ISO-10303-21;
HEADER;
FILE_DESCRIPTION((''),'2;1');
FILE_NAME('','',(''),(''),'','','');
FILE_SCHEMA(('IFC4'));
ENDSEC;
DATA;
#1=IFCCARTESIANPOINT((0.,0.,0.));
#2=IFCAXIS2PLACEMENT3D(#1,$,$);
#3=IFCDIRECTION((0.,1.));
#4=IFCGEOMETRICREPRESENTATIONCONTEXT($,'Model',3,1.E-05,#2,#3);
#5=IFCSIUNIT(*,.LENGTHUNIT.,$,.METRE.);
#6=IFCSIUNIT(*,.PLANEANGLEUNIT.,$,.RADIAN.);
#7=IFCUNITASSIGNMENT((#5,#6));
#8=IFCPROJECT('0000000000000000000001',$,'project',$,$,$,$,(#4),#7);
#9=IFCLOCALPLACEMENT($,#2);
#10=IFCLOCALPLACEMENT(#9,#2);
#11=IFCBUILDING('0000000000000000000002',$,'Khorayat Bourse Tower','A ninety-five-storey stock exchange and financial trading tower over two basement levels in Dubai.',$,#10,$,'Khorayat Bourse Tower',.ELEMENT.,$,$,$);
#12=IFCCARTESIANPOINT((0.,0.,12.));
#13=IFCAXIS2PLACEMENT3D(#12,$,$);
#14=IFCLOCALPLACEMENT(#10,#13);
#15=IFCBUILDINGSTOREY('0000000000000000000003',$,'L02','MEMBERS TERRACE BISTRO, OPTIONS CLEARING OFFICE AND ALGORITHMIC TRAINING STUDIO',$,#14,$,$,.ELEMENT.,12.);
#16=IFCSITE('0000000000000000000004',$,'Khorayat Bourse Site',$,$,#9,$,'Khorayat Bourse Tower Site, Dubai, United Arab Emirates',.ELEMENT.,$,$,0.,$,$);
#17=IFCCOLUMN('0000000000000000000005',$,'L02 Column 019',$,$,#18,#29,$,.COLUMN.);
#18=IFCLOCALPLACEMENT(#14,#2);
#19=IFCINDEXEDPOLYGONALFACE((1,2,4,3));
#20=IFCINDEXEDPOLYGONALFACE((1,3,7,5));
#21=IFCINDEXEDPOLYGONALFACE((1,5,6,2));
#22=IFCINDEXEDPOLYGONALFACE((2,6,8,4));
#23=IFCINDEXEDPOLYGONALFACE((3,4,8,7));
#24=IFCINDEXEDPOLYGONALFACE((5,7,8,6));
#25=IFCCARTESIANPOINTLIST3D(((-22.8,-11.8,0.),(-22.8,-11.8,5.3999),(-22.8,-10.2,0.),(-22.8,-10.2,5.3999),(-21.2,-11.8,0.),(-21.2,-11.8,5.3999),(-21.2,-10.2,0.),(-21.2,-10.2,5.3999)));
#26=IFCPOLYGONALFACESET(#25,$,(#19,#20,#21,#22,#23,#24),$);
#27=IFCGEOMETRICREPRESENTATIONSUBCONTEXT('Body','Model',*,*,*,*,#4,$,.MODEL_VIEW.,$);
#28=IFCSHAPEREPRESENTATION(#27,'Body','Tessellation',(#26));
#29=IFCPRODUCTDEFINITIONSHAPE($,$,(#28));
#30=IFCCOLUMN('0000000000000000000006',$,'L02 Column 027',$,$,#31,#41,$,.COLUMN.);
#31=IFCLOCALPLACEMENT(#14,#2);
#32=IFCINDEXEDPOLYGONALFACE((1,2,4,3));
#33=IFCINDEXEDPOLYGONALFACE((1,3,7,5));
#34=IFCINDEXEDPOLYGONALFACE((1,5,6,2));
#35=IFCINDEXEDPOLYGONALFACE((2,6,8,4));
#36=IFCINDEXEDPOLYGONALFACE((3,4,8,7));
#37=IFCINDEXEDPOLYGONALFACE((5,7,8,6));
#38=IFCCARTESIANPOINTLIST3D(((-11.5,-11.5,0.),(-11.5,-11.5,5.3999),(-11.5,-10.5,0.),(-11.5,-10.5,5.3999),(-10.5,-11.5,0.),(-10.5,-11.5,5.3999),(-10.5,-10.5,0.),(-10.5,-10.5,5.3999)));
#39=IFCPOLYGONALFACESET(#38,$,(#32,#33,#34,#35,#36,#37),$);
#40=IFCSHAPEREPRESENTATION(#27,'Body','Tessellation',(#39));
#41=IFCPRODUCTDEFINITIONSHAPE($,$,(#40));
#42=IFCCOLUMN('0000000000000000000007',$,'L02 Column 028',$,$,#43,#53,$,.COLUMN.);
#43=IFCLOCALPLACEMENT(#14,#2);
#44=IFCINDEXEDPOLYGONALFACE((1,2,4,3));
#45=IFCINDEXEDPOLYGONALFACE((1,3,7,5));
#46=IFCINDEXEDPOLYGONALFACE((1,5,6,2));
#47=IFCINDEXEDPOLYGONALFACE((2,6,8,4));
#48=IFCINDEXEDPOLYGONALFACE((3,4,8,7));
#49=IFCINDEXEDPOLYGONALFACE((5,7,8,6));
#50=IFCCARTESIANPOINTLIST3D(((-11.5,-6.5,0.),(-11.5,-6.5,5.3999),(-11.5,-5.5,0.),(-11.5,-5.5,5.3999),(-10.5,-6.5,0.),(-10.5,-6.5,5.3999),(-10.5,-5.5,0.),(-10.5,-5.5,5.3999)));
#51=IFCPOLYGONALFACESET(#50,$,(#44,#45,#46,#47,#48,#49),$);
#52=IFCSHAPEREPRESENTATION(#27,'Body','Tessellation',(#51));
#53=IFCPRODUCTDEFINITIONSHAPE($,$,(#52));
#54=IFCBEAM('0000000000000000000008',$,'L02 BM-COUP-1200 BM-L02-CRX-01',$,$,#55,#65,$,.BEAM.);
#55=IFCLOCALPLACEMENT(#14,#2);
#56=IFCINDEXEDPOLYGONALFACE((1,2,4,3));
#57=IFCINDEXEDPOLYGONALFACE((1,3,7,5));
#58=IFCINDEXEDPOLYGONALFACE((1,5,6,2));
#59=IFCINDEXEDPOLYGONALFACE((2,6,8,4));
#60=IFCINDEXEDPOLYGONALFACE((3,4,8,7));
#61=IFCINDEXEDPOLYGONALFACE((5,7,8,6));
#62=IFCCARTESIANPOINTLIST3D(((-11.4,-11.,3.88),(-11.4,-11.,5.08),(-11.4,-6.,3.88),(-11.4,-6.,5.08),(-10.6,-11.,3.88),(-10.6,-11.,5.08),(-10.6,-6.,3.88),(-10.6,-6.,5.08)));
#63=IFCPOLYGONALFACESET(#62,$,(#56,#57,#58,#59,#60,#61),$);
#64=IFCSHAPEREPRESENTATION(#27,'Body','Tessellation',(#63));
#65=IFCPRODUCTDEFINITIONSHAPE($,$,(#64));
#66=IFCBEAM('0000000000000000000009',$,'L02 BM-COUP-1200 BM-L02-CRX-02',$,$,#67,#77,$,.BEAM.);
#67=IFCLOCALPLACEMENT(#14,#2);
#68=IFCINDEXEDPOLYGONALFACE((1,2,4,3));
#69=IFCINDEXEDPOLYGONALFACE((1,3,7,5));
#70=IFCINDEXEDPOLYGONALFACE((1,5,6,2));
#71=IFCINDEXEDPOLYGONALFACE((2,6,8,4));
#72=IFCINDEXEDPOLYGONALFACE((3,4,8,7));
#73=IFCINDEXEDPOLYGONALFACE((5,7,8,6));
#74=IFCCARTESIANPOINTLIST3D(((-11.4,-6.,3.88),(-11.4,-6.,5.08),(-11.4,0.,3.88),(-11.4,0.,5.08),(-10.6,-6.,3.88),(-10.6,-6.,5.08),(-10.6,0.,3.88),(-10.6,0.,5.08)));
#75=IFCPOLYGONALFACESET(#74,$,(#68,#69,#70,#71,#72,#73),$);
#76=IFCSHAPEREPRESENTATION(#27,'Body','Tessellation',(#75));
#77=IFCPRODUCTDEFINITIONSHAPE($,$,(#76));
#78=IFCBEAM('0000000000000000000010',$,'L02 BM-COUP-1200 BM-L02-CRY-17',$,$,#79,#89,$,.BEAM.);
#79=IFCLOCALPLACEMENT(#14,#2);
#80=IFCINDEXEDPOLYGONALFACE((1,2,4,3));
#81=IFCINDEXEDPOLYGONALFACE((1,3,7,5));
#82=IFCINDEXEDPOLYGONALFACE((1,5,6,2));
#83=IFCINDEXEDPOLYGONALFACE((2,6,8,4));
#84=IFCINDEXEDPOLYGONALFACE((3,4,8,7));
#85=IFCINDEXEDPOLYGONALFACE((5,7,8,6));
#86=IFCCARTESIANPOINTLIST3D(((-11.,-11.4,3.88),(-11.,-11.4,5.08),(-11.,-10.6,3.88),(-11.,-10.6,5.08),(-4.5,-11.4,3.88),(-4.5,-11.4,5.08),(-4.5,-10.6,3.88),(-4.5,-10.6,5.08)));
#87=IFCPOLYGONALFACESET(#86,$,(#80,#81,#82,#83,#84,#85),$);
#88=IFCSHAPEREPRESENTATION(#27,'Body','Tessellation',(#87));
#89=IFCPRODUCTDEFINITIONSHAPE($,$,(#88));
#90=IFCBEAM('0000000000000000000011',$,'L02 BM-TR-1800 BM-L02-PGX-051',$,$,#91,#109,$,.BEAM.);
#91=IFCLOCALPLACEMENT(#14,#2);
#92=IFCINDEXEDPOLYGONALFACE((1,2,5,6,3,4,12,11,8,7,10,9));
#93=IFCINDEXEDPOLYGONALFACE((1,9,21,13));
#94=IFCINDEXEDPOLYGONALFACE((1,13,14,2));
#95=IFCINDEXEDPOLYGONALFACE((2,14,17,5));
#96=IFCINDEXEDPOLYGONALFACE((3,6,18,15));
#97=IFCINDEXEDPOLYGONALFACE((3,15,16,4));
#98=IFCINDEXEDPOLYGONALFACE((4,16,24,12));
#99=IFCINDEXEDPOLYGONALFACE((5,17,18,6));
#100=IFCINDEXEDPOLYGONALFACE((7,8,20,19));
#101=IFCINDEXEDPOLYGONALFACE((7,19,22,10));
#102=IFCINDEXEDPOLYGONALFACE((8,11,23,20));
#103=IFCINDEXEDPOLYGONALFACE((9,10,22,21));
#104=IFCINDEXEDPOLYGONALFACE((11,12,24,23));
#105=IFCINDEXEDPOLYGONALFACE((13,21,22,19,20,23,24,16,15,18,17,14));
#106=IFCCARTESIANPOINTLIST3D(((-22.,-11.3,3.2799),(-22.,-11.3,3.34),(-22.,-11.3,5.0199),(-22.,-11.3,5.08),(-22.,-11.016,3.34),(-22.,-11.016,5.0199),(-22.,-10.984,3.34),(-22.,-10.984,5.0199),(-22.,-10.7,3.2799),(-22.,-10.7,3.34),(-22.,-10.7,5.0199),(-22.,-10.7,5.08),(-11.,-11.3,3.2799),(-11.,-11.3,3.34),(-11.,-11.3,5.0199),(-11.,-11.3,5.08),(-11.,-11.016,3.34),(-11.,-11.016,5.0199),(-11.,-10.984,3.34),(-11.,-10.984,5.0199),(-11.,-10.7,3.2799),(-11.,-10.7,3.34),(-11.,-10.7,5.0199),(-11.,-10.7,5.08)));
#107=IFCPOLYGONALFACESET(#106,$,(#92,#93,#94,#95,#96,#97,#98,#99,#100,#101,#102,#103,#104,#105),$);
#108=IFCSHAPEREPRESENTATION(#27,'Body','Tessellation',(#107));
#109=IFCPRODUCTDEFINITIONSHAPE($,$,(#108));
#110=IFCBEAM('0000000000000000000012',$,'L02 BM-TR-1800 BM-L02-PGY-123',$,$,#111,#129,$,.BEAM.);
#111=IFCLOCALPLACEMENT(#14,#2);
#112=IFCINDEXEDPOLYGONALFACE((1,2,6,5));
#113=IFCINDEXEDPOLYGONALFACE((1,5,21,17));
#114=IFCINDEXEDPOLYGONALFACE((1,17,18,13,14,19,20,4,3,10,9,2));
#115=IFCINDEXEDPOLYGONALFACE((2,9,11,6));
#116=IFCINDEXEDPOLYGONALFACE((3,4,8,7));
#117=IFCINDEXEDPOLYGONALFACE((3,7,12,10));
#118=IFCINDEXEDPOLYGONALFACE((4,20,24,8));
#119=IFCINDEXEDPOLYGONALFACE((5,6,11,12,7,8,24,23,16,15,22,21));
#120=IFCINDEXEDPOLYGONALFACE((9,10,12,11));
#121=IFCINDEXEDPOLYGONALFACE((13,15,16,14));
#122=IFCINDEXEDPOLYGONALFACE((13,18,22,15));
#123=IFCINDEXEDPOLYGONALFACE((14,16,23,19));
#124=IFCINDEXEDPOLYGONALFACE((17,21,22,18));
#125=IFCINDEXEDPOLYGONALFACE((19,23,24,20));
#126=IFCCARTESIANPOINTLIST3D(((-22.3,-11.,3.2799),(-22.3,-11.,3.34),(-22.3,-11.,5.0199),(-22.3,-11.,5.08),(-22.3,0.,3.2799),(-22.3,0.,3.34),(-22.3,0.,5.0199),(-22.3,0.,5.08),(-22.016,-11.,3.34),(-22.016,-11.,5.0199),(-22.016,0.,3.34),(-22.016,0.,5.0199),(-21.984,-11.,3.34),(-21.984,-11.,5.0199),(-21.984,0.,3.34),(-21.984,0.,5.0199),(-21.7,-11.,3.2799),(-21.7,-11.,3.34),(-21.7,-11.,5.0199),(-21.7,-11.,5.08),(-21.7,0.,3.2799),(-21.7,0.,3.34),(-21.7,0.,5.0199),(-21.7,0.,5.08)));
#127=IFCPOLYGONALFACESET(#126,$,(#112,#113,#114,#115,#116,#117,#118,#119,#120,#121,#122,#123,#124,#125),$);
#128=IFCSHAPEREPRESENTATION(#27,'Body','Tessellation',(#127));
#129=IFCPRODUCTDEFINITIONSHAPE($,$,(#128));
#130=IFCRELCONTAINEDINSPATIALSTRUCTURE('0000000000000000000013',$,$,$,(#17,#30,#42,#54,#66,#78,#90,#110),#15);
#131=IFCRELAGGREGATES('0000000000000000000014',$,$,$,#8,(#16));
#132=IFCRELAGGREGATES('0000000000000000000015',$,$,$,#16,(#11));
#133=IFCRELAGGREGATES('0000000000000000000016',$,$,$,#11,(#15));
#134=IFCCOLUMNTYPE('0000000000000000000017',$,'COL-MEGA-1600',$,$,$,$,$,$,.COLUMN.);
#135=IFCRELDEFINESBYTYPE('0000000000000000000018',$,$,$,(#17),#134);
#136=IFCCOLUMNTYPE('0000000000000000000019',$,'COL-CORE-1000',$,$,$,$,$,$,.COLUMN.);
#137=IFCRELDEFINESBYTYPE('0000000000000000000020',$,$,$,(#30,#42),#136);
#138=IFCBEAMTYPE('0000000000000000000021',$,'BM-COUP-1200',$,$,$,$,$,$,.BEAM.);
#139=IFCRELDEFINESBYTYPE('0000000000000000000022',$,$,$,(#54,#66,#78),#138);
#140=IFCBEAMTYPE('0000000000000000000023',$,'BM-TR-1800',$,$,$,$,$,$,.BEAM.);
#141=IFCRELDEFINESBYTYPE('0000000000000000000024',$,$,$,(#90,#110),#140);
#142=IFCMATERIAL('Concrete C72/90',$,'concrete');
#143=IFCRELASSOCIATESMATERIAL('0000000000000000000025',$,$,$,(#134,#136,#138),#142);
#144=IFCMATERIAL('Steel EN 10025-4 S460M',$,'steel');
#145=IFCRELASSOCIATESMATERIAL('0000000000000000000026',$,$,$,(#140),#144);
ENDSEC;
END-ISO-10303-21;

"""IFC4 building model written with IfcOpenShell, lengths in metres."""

from ifc_helpers import new_model, si_unit, direction, frame, origin, origin_2d, place, context, subcontext, project, spatial, rectangle, i_section, extrude, source, transform, mapped, material, material_profile, profile_set, type_object, element, save


model = new_model("IFC4")

# Units and contexts
model_context = context("Model", 3, precision=1e-05, world=origin(), true_north=direction((0.0, 1.0)))
body_context = subcontext(model_context, "Body", "Model", "MODEL_VIEW")
ifc_project = project(units=[si_unit("LENGTHUNIT", "METRE"), si_unit("PLANEANGLEUNIT", "RADIAN")], contexts=[model_context])

# Site, building, storey
site_placement = place(None, origin())
site = spatial("IfcSite", under=ifc_project, at=site_placement, Name="Khorayat Bourse Site", LongName="Khorayat Bourse Tower Site, Dubai, United Arab Emirates", CompositionType="ELEMENT", RefElevation=0.0)
building_placement = place(site_placement, origin())
building = spatial("IfcBuilding", under=site, at=building_placement, Name="Khorayat Bourse Tower", Description="A ninety-five-storey stock exchange and financial trading tower over two basement levels in Dubai.", LongName="Khorayat Bourse Tower", CompositionType="ELEMENT")
storey_placement = place(building_placement, frame((0.0, 0.0, 12.0)))
storey = spatial("IfcBuildingStorey", under=building, at=storey_placement, Name="L02", Description="MEMBERS TERRACE BISTRO, OPTIONS CLEARING OFFICE AND ALGORITHMIC TRAINING STUDIO", CompositionType="ELEMENT", Elevation=12.0)

# Columns
ifc_material_1 = material(Name="Concrete C72/90", Category="concrete")
ifc_material_profile_1 = material_profile(ifc_material_1, rectangle(XDim=1.6001, YDim=1.6001, at=origin_2d()), Name="RC 1600x1600")
ifc_profile_set_1 = profile_set([ifc_material_profile_1], Name="Concrete C72/90")
column_type_1 = type_object("IfcColumnType", Name="COL-MEGA-1600", PredefinedType="COLUMN", material=ifc_profile_set_1)
shared_shape_1 = source(origin(), body_context, "Body", "SweptSolid", [
    extrude(rectangle(XDim=1.6001, YDim=1.6001, at=origin_2d()), origin(), (0.0, 0.0, 1.0), 5.3999),
])
column_placement = place(storey_placement, frame((-22.0, -11.0, 0.0), z_axis=(0.0, 0.0, 1.0), x_axis=(1.0, 0.0, 0.0)))
element("IfcColumn", 1, at=column_placement, inside=storey, type_object=column_type_1, Name="L02 Column 019", PredefinedType="COLUMN", context=body_context, shape_type="MappedRepresentation", body=[
    mapped(shared_shape_1, transform((0.0, 0.0, 0.0), scale=1.0)),
])
ifc_material_profile_2 = material_profile(ifc_material_1, rectangle(XDim=1.0, YDim=1.0, at=origin_2d()), Name="RC 1000x1000")
ifc_profile_set_2 = profile_set([ifc_material_profile_2], Name="Concrete C72/90")
column_type_2 = type_object("IfcColumnType", Name="COL-CORE-1000", PredefinedType="COLUMN", material=ifc_profile_set_2)
shared_shape_2 = source(origin(), body_context, "Body", "SweptSolid", [
    extrude(rectangle(XDim=1.0, YDim=1.0, at=origin_2d()), origin(), (0.0, 0.0, 1.0), 5.3999),
])
for number, where, z_axis, x_axis, name in (
    (2, (-11.0, -11.0, 0.0), (0.0, 0.0, 1.0), (1.0, 0.0, 0.0), "L02 Column 027"),
    (3, (-11.0, -6.0, 0.0), (0.0, 0.0, 1.0), (1.0, 0.0, 0.0), "L02 Column 028"),
):
    element("IfcColumn", number, at=place(storey_placement, frame(where, z_axis=z_axis, x_axis=x_axis)), inside=storey, type_object=column_type_2, Name=name, PredefinedType="COLUMN", context=body_context, shape_type="MappedRepresentation", body=[
        mapped(shared_shape_2, transform((0.0, 0.0, 0.0), scale=1.0)),
    ])

# Beams
ifc_material_profile_3 = material_profile(ifc_material_1, rectangle(XDim=0.8, YDim=1.2, at=origin_2d()), Name="RC 800x1200")
ifc_profile_set_3 = profile_set([ifc_material_profile_3], Name="Concrete C72/90")
beam_type_1 = type_object("IfcBeamType", Name="BM-COUP-1200", PredefinedType="BEAM", material=ifc_profile_set_3)
shared_shape_3 = source(origin(), body_context, "Body", "SweptSolid", [
    extrude(rectangle(XDim=0.8, YDim=1.2, at=origin_2d()), origin(), (0.0, 0.0, 1.0), 5.0),
])
beam_1_placement = place(storey_placement, frame((-11.0, -11.0, 4.48), z_axis=(0.0, 1.0, 0.0), x_axis=(-1.0, 0.0, 0.0)))
element("IfcBeam", 4, at=beam_1_placement, inside=storey, type_object=beam_type_1, Name="L02 BM-COUP-1200 BM-L02-CRX-01", PredefinedType="BEAM", context=body_context, shape_type="MappedRepresentation", body=[
    mapped(shared_shape_3, transform((0.0, 0.0, 0.0), scale=1.0)),
])
shared_shape_4 = source(origin(), body_context, "Body", "SweptSolid", [
    extrude(rectangle(XDim=0.8, YDim=1.2, at=origin_2d()), origin(), (0.0, 0.0, 1.0), 6.0),
])
beam_2_placement = place(storey_placement, frame((-11.0, -6.0, 4.48), z_axis=(0.0, 1.0, 0.0), x_axis=(-1.0, 0.0, 0.0)))
element("IfcBeam", 5, at=beam_2_placement, inside=storey, type_object=beam_type_1, Name="L02 BM-COUP-1200 BM-L02-CRX-02", PredefinedType="BEAM", context=body_context, shape_type="MappedRepresentation", body=[
    mapped(shared_shape_4, transform((0.0, 0.0, 0.0), scale=1.0)),
])
shared_shape_5 = source(origin(), body_context, "Body", "SweptSolid", [
    extrude(rectangle(XDim=0.8, YDim=1.2, at=origin_2d()), origin(), (0.0, 0.0, 1.0), 6.5),
])
beam_3_placement = place(storey_placement, frame((-11.0, -11.0, 4.48), z_axis=(1.0, 0.0, 0.0), x_axis=(0.0, 1.0, 0.0)))
element("IfcBeam", 6, at=beam_3_placement, inside=storey, type_object=beam_type_1, Name="L02 BM-COUP-1200 BM-L02-CRY-17", PredefinedType="BEAM", context=body_context, shape_type="MappedRepresentation", body=[
    mapped(shared_shape_5, transform((0.0, 0.0, 0.0), scale=1.0)),
])
ifc_material_2 = material(Name="Steel EN 10025-4 S460M", Category="steel")
ifc_material_profile_4 = material_profile(ifc_material_2, i_section(OverallWidth=0.6001, OverallDepth=1.8, WebThickness=0.032, FlangeThickness=0.0601, at=origin_2d()), Name="PG 1800x600x32x60")
ifc_profile_set_4 = profile_set([ifc_material_profile_4], Name="Steel EN 10025-4 S460M")
beam_type_2 = type_object("IfcBeamType", Name="BM-TR-1800", PredefinedType="BEAM", material=ifc_profile_set_4)
shared_shape_6 = source(origin(), body_context, "Body", "SweptSolid", [
    extrude(i_section(OverallWidth=0.6001, OverallDepth=1.8, WebThickness=0.032, FlangeThickness=0.0601, at=origin_2d()), origin(), (0.0, 0.0, 1.0), 11.0),
])
for number, where, z_axis, x_axis, name in (
    (7, (-22.0, -11.0, 4.1799), (1.0, 0.0, 0.0), (0.0, 1.0, 0.0), "L02 BM-TR-1800 BM-L02-PGX-051"),
    (8, (-22.0, -11.0, 4.1799), (0.0, 1.0, 0.0), (-1.0, 0.0, 0.0), "L02 BM-TR-1800 BM-L02-PGY-123"),
):
    element("IfcBeam", number, at=place(storey_placement, frame(where, z_axis=z_axis, x_axis=x_axis)), inside=storey, type_object=beam_type_2, Name=name, PredefinedType="BEAM", context=body_context, shape_type="MappedRepresentation", body=[
        mapped(shared_shape_6, transform((0.0, 0.0, 0.0), scale=1.0)),
    ])

save(model, "model.ifc")
